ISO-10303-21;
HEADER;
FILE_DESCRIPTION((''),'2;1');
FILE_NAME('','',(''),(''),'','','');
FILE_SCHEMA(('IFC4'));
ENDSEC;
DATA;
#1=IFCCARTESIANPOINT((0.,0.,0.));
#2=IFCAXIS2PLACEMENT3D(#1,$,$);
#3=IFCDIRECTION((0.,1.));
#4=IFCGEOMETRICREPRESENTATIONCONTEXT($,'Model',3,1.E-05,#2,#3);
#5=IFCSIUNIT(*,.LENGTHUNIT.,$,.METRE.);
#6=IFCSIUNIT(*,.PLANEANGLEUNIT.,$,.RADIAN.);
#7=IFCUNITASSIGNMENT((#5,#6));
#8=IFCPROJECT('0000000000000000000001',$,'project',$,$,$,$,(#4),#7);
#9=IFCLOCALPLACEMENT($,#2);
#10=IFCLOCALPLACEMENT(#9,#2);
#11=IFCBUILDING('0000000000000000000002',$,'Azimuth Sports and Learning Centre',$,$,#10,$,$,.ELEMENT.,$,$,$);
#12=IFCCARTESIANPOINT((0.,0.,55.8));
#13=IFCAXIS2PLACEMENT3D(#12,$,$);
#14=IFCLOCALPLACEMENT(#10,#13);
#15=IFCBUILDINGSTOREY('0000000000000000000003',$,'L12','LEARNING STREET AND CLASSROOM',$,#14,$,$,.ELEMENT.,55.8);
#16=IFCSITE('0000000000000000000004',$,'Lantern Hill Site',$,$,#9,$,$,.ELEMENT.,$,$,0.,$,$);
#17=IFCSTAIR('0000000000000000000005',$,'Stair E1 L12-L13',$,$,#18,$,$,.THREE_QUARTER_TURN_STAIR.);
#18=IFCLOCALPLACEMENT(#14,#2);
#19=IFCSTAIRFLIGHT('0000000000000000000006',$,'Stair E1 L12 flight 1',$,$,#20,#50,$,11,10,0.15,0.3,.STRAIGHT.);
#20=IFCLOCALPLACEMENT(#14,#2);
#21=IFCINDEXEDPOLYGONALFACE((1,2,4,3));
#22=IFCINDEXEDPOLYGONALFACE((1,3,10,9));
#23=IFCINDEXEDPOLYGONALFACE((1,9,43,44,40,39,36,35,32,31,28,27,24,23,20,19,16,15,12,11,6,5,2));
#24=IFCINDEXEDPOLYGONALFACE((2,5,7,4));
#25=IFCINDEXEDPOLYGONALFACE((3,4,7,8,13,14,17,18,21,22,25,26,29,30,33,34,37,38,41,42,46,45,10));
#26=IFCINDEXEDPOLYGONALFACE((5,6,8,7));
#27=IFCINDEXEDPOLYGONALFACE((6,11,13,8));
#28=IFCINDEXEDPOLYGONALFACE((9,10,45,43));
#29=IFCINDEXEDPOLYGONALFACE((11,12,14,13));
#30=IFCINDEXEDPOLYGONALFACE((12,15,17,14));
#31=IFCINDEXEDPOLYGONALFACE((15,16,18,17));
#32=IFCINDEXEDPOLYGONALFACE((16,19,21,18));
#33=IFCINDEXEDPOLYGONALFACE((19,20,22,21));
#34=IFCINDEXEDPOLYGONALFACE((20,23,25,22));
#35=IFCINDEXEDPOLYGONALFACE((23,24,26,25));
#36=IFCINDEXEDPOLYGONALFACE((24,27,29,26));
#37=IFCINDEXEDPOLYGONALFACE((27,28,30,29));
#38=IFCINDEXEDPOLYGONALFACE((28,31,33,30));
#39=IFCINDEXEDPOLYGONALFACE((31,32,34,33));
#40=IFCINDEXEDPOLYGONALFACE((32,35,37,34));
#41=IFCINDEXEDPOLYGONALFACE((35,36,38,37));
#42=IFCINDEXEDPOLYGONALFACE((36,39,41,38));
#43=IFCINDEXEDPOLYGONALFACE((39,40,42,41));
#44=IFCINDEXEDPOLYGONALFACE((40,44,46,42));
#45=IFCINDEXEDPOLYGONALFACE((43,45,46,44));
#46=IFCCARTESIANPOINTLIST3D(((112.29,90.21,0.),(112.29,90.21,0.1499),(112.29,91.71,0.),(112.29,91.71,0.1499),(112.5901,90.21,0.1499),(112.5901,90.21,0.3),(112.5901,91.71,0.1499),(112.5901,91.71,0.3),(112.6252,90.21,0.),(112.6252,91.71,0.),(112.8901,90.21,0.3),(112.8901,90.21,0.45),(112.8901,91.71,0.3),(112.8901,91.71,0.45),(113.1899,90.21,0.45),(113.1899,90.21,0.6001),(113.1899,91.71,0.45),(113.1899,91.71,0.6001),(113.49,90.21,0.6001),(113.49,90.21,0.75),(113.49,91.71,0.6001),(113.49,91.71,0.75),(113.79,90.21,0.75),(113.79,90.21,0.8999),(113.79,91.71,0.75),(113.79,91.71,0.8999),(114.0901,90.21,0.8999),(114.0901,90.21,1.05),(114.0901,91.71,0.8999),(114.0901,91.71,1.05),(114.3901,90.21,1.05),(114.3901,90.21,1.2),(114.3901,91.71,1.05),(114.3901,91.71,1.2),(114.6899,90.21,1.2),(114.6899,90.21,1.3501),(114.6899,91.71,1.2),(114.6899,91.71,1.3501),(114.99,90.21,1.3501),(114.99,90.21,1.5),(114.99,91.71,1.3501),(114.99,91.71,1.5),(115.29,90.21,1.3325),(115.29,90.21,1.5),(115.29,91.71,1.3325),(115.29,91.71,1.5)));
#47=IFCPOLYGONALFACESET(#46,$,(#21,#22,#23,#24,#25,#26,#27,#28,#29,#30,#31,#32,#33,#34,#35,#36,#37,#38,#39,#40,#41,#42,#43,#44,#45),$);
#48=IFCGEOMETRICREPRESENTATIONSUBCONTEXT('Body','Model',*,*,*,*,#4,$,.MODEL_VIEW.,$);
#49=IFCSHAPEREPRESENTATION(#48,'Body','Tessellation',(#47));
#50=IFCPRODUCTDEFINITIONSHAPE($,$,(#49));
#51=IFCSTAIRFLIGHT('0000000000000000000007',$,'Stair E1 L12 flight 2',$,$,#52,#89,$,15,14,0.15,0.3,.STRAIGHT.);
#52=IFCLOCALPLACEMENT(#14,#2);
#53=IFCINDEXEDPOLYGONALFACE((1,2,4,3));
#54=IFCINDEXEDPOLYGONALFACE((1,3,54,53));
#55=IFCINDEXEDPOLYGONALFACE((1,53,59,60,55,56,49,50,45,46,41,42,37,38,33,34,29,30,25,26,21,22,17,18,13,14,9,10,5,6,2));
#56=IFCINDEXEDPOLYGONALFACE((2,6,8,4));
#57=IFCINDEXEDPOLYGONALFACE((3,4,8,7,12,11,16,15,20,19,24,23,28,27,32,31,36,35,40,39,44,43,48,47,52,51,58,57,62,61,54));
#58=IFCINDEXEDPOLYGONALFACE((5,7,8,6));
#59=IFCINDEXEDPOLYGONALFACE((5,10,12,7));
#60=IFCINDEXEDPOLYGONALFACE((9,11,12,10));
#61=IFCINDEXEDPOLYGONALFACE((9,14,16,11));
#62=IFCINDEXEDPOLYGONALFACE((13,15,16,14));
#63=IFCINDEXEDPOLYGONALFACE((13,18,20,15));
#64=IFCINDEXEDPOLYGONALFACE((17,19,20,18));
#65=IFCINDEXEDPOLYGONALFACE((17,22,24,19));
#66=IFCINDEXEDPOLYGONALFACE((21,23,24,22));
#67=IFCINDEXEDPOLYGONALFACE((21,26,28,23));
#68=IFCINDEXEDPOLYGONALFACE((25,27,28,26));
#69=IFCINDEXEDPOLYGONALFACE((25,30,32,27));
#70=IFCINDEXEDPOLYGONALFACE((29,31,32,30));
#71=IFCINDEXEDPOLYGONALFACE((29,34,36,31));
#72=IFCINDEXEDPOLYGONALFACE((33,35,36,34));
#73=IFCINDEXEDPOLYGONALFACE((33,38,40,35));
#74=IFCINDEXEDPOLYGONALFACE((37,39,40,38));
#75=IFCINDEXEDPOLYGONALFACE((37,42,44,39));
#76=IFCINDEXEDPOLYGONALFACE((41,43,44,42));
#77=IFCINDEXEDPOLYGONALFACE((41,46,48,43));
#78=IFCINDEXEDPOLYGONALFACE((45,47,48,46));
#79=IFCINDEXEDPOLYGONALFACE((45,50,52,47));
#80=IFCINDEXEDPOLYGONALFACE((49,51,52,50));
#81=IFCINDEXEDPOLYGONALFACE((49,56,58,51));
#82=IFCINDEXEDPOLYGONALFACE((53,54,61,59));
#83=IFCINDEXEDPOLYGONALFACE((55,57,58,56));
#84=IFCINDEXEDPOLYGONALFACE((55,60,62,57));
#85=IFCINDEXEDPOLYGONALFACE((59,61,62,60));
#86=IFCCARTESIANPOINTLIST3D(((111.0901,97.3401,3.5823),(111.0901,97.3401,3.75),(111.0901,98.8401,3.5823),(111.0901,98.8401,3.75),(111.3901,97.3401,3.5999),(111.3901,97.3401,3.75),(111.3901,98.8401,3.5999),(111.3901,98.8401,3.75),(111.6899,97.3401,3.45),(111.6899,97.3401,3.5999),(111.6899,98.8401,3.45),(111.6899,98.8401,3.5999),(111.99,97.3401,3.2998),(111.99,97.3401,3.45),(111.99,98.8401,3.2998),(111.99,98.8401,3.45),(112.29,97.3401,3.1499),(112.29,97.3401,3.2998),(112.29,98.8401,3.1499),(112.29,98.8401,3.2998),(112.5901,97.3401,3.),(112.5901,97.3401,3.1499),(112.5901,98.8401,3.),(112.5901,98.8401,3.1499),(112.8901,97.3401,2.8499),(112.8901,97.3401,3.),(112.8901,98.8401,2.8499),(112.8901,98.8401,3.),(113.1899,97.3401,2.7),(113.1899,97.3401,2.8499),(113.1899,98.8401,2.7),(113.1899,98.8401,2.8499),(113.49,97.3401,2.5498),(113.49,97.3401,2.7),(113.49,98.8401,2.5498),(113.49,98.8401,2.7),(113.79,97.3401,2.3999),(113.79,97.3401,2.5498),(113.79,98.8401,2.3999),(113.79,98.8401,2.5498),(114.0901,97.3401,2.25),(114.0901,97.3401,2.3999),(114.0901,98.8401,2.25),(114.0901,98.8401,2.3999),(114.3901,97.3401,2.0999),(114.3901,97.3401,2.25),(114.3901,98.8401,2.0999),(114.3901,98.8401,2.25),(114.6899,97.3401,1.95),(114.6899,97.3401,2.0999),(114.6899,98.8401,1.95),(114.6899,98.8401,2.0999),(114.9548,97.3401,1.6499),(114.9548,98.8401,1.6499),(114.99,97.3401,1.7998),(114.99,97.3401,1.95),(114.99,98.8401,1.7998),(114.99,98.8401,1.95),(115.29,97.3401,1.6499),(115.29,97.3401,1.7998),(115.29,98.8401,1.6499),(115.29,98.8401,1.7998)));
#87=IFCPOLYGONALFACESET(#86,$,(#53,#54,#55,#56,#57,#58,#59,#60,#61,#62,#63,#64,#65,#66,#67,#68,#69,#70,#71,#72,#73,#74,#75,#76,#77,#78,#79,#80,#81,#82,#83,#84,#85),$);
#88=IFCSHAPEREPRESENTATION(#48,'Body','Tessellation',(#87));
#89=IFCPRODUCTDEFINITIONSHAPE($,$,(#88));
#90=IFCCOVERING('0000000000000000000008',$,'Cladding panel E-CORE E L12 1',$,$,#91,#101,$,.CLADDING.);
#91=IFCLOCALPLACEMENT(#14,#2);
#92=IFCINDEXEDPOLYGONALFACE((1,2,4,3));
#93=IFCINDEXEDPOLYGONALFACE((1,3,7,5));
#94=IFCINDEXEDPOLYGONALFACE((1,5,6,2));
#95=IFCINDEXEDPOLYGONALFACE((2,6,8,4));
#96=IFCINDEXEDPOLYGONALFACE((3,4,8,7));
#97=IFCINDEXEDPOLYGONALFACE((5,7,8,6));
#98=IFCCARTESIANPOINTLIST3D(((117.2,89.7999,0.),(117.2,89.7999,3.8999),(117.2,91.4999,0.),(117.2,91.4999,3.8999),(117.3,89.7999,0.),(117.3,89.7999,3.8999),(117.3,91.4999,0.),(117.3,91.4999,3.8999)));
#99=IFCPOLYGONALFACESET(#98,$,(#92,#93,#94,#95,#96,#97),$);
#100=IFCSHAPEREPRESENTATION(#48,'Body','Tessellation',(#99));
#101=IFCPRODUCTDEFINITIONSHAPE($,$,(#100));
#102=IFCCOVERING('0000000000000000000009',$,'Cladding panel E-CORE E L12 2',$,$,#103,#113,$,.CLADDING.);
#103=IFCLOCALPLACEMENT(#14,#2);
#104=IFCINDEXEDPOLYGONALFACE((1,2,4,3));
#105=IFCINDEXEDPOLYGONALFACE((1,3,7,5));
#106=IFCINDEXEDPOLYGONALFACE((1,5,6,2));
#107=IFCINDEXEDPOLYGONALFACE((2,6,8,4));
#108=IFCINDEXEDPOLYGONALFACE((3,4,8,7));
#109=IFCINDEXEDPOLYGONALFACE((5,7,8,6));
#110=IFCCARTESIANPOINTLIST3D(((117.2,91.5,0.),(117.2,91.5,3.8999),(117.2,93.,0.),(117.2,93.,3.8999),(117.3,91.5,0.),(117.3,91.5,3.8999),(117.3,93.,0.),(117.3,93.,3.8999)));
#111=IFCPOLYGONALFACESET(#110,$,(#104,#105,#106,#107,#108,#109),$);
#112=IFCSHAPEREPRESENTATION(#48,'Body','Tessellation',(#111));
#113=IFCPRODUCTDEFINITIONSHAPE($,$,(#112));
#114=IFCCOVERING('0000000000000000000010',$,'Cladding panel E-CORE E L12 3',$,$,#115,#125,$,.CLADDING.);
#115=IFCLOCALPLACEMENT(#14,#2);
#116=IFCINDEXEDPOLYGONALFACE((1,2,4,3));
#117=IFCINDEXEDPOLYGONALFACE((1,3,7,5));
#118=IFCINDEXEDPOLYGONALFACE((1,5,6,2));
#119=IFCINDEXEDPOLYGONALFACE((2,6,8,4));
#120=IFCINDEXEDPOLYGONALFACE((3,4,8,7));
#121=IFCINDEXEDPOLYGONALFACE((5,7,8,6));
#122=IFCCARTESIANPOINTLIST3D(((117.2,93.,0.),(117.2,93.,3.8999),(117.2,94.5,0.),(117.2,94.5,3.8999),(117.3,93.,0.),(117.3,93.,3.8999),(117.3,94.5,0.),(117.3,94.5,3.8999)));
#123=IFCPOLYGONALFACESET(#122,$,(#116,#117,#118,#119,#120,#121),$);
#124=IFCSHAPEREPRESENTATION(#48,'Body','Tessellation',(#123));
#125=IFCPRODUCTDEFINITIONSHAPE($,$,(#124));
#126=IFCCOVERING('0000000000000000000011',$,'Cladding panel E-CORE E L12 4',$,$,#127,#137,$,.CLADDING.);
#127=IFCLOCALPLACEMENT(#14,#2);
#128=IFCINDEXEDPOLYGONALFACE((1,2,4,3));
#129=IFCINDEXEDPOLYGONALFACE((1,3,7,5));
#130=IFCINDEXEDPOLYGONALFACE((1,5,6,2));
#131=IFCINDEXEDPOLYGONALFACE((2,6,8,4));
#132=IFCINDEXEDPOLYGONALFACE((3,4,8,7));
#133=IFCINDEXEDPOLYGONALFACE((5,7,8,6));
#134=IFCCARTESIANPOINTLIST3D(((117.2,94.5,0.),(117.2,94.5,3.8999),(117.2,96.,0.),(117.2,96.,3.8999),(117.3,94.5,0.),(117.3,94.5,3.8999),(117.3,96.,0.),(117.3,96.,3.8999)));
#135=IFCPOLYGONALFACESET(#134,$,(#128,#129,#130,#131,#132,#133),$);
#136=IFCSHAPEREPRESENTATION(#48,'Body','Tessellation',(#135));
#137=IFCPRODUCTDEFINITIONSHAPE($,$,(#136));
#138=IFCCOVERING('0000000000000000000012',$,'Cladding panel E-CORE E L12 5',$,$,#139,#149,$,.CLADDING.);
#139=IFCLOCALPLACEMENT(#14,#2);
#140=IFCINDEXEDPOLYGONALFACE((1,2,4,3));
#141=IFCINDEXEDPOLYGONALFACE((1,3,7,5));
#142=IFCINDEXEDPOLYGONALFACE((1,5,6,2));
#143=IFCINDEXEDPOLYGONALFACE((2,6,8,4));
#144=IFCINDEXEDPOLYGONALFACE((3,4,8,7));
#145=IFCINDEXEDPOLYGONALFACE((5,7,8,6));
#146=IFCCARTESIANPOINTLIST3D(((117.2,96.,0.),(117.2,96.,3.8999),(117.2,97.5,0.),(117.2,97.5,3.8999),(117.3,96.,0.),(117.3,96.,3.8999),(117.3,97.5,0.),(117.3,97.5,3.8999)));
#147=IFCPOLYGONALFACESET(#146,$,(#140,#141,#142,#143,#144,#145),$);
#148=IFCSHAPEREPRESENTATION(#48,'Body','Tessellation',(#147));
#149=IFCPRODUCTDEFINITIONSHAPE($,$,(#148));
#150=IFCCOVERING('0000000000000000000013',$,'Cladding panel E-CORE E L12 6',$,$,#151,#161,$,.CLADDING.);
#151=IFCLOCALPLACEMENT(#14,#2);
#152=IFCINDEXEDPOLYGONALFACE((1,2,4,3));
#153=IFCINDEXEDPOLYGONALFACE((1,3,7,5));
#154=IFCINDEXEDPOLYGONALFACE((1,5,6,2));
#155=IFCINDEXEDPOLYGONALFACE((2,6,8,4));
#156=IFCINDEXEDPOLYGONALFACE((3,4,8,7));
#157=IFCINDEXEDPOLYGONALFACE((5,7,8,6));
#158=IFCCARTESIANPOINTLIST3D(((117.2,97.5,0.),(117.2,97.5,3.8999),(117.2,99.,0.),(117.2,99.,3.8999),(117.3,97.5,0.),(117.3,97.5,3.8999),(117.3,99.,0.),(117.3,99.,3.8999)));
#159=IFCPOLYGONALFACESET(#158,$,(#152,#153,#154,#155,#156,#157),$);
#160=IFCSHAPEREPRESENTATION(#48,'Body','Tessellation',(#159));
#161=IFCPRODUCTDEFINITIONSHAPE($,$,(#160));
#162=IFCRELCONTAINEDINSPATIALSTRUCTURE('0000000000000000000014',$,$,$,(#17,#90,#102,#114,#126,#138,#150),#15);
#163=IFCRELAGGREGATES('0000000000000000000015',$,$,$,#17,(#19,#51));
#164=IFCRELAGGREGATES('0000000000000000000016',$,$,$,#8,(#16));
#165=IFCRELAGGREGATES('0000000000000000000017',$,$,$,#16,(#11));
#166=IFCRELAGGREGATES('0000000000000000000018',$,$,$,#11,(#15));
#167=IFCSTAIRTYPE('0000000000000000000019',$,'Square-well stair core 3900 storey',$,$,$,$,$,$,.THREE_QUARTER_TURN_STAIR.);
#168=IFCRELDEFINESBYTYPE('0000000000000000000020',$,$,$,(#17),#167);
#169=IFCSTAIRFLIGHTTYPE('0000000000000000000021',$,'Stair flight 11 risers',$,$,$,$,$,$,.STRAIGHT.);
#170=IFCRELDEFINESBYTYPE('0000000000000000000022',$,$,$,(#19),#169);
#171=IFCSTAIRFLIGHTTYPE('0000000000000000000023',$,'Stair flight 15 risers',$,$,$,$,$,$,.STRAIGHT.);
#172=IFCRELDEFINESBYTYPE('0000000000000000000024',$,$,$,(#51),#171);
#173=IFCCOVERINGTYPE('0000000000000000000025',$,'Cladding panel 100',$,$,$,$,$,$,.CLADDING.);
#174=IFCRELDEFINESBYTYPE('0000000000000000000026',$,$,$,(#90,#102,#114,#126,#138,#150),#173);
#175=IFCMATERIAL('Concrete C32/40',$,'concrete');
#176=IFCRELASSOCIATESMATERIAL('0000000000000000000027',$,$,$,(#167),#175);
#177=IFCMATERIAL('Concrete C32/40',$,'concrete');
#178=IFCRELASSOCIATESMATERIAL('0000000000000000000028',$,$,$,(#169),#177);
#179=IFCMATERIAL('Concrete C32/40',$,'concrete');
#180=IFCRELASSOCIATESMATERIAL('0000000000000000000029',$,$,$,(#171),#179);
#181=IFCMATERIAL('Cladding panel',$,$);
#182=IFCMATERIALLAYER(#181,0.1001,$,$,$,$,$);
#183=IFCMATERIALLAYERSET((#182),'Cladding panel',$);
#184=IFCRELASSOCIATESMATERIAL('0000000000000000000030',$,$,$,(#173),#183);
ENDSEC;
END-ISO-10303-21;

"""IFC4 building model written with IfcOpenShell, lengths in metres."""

from ifc_helpers import new_model, si_unit, direction, frame, origin, origin_2d, place, context, subcontext, project, spatial, polyline, rectangle, outline, extrude, material, layer, layer_set, type_object, element, aggregate, save


model = new_model("IFC4")

# Units and contexts
model_context = context("Model", 3, precision=1e-05, world=origin(), true_north=direction((0.0, 1.0)))
body_context = subcontext(model_context, "Body", "Model", "MODEL_VIEW")
ifc_project = project(units=[si_unit("LENGTHUNIT", "METRE"), si_unit("PLANEANGLEUNIT", "RADIAN")], contexts=[model_context])

# Site, building, storey
site_placement = place(None, origin())
site = spatial("IfcSite", under=ifc_project, at=site_placement, Name="Lantern Hill Site", CompositionType="ELEMENT", RefElevation=0.0)
building_placement = place(site_placement, origin())
building = spatial("IfcBuilding", under=site, at=building_placement, Name="Azimuth Sports and Learning Centre", CompositionType="ELEMENT")
storey_placement = place(building_placement, frame((0.0, 0.0, 55.8)))
storey = spatial("IfcBuildingStorey", under=building, at=storey_placement, Name="L12", Description="LEARNING STREET AND CLASSROOM", CompositionType="ELEMENT", Elevation=55.8)

# Stair, stair flights
ifc_material_1 = material(Name="Concrete C32/40", Category="concrete")
stair_type = type_object("IfcStairType", Name="Square-well stair core 3900 storey", PredefinedType="THREE_QUARTER_TURN_STAIR", material=ifc_material_1)
stair_placement = place(storey_placement, origin())
stair = element("IfcStair", 1, at=stair_placement, inside=storey, type_object=stair_type, Name="Stair E1 L12-L13", PredefinedType="THREE_QUARTER_TURN_STAIR")
ifc_material_2 = material(Name="Concrete C32/40", Category="concrete")
stair_flight_type_1 = type_object("IfcStairFlightType", Name="Stair flight 11 risers", PredefinedType="STRAIGHT", material=ifc_material_2)
stair_flight_1_placement = place(storey_placement, frame((112.29, 90.96, 0.0), z_axis=(0.0, 0.0, 1.0), x_axis=(1.0, 0.0, 0.0)))
stair_flight_1 = element("IfcStairFlight", 2, at=stair_flight_1_placement, type_object=stair_flight_type_1, Name="Stair E1 L12 flight 1", NumberOfRisers=11, NumberOfTreads=10, PredefinedType="STRAIGHT", RiserHeight=0.15, TreadLength=0.3, context=body_context, shape_type="SweptSolid", body=[
    extrude(outline(polyline([(0.0, 0.0), (0.0, 0.1499), (0.3, 0.1499), (0.3, 0.3), (0.6001, 0.3), (0.6001, 0.45), (0.8999, 0.45), (0.8999, 0.6001), (1.2, 0.6001), (1.2, 0.75), (1.5, 0.75), (1.5, 0.8999), (1.8, 0.8999), (1.8, 1.05), (2.1001, 1.05), (2.1001, 1.2), (2.3999, 1.2), (2.3999, 1.3501), (2.7, 1.3501), (2.7, 1.5), (3.0, 1.5), (3.0, 1.6499), (3.0, 1.3325), (0.3352, 0.0), (0.0, 0.0)])), frame((0.0, 0.75, 0.0), z_axis=(0.0, -1.0, 0.0), x_axis=(1.0, 0.0, 0.0)), (0.0, 0.0, 1.0), 1.5),
])
ifc_material_3 = material(Name="Concrete C32/40", Category="concrete")
stair_flight_type_2 = type_object("IfcStairFlightType", Name="Stair flight 15 risers", PredefinedType="STRAIGHT", material=ifc_material_3)
stair_flight_2_placement = place(storey_placement, frame((115.29, 98.0901, 1.6499), z_axis=(0.0, 0.0, 1.0), x_axis=(-1.0, 0.0, 0.0)))
stair_flight_2 = element("IfcStairFlight", 3, at=stair_flight_2_placement, type_object=stair_flight_type_2, Name="Stair E1 L12 flight 2", NumberOfRisers=15, NumberOfTreads=14, PredefinedType="STRAIGHT", RiserHeight=0.15, TreadLength=0.3, context=body_context, shape_type="SweptSolid", body=[
    extrude(outline(polyline([(0.0, 0.0), (0.0, 0.1499), (0.3, 0.1499), (0.3, 0.3), (0.6001, 0.3), (0.6001, 0.45), (0.8999, 0.45), (0.8999, 0.6001), (1.2, 0.6001), (1.2, 0.75), (1.5, 0.75), (1.5, 0.8999), (1.8, 0.8999), (1.8, 1.05), (2.1001, 1.05), (2.1001, 1.2), (2.3999, 1.2), (2.3999, 1.3501), (2.7, 1.3501), (2.7, 1.5), (3.0, 1.5), (3.0, 1.6499), (3.3, 1.6499), (3.3, 1.8), (3.6001, 1.8), (3.6001, 1.95), (3.8999, 1.95), (3.8999, 2.1001), (4.2, 2.1001), (4.2, 2.25), (4.2, 1.9324), (0.3352, 0.0), (0.0, 0.0)])), frame((0.0, 0.75, 0.0), z_axis=(0.0, -1.0, 0.0), x_axis=(1.0, 0.0, 0.0)), (0.0, 0.0, 1.0), 1.5),
])
aggregate(stair, [stair_flight_1, stair_flight_2])

# Coverings
ifc_material_4 = material(Name="Cladding panel")
ifc_layer_1 = layer(ifc_material_4, 0.1001)
ifc_layer_set_1 = layer_set([ifc_layer_1], Name="Cladding panel")
covering_type = type_object("IfcCoveringType", Name="Cladding panel 100", PredefinedType="CLADDING", material=ifc_layer_set_1)
covering_placement = place(storey_placement, frame((117.25, 90.6499, 0.0), z_axis=(0.0, 0.0, 1.0), x_axis=(0.0, 1.0, 0.0)))
element("IfcCovering", 4, at=covering_placement, inside=storey, type_object=covering_type, Name="Cladding panel E-CORE E L12 1", PredefinedType="CLADDING", context=body_context, shape_type="SweptSolid", body=[
    extrude(rectangle(XDim=1.7, YDim=0.1001, at=origin_2d()), origin(), (0.0, 0.0, 1.0), 3.8999),
])
for number, where, z_axis, x_axis, name in (
    (5, (117.25, 92.25, 0.0), (0.0, 0.0, 1.0), (0.0, 1.0, 0.0), "Cladding panel E-CORE E L12 2"),
    (6, (117.25, 93.75, 0.0), (0.0, 0.0, 1.0), (0.0, 1.0, 0.0), "Cladding panel E-CORE E L12 3"),
    (7, (117.25, 95.25, 0.0), (0.0, 0.0, 1.0), (0.0, 1.0, 0.0), "Cladding panel E-CORE E L12 4"),
    (8, (117.25, 96.75, 0.0), (0.0, 0.0, 1.0), (0.0, 1.0, 0.0), "Cladding panel E-CORE E L12 5"),
    (9, (117.25, 98.25, 0.0), (0.0, 0.0, 1.0), (0.0, 1.0, 0.0), "Cladding panel E-CORE E L12 6"),
):
    element("IfcCovering", number, at=place(storey_placement, frame(where, z_axis=z_axis, x_axis=x_axis)), inside=storey, type_object=covering_type, Name=name, PredefinedType="CLADDING", context=body_context, shape_type="SweptSolid", body=[
        extrude(rectangle(XDim=1.5, YDim=0.1001, at=origin_2d()), origin(), (0.0, 0.0, 1.0), 3.8999),
    ])

save(model, "model.ifc")
